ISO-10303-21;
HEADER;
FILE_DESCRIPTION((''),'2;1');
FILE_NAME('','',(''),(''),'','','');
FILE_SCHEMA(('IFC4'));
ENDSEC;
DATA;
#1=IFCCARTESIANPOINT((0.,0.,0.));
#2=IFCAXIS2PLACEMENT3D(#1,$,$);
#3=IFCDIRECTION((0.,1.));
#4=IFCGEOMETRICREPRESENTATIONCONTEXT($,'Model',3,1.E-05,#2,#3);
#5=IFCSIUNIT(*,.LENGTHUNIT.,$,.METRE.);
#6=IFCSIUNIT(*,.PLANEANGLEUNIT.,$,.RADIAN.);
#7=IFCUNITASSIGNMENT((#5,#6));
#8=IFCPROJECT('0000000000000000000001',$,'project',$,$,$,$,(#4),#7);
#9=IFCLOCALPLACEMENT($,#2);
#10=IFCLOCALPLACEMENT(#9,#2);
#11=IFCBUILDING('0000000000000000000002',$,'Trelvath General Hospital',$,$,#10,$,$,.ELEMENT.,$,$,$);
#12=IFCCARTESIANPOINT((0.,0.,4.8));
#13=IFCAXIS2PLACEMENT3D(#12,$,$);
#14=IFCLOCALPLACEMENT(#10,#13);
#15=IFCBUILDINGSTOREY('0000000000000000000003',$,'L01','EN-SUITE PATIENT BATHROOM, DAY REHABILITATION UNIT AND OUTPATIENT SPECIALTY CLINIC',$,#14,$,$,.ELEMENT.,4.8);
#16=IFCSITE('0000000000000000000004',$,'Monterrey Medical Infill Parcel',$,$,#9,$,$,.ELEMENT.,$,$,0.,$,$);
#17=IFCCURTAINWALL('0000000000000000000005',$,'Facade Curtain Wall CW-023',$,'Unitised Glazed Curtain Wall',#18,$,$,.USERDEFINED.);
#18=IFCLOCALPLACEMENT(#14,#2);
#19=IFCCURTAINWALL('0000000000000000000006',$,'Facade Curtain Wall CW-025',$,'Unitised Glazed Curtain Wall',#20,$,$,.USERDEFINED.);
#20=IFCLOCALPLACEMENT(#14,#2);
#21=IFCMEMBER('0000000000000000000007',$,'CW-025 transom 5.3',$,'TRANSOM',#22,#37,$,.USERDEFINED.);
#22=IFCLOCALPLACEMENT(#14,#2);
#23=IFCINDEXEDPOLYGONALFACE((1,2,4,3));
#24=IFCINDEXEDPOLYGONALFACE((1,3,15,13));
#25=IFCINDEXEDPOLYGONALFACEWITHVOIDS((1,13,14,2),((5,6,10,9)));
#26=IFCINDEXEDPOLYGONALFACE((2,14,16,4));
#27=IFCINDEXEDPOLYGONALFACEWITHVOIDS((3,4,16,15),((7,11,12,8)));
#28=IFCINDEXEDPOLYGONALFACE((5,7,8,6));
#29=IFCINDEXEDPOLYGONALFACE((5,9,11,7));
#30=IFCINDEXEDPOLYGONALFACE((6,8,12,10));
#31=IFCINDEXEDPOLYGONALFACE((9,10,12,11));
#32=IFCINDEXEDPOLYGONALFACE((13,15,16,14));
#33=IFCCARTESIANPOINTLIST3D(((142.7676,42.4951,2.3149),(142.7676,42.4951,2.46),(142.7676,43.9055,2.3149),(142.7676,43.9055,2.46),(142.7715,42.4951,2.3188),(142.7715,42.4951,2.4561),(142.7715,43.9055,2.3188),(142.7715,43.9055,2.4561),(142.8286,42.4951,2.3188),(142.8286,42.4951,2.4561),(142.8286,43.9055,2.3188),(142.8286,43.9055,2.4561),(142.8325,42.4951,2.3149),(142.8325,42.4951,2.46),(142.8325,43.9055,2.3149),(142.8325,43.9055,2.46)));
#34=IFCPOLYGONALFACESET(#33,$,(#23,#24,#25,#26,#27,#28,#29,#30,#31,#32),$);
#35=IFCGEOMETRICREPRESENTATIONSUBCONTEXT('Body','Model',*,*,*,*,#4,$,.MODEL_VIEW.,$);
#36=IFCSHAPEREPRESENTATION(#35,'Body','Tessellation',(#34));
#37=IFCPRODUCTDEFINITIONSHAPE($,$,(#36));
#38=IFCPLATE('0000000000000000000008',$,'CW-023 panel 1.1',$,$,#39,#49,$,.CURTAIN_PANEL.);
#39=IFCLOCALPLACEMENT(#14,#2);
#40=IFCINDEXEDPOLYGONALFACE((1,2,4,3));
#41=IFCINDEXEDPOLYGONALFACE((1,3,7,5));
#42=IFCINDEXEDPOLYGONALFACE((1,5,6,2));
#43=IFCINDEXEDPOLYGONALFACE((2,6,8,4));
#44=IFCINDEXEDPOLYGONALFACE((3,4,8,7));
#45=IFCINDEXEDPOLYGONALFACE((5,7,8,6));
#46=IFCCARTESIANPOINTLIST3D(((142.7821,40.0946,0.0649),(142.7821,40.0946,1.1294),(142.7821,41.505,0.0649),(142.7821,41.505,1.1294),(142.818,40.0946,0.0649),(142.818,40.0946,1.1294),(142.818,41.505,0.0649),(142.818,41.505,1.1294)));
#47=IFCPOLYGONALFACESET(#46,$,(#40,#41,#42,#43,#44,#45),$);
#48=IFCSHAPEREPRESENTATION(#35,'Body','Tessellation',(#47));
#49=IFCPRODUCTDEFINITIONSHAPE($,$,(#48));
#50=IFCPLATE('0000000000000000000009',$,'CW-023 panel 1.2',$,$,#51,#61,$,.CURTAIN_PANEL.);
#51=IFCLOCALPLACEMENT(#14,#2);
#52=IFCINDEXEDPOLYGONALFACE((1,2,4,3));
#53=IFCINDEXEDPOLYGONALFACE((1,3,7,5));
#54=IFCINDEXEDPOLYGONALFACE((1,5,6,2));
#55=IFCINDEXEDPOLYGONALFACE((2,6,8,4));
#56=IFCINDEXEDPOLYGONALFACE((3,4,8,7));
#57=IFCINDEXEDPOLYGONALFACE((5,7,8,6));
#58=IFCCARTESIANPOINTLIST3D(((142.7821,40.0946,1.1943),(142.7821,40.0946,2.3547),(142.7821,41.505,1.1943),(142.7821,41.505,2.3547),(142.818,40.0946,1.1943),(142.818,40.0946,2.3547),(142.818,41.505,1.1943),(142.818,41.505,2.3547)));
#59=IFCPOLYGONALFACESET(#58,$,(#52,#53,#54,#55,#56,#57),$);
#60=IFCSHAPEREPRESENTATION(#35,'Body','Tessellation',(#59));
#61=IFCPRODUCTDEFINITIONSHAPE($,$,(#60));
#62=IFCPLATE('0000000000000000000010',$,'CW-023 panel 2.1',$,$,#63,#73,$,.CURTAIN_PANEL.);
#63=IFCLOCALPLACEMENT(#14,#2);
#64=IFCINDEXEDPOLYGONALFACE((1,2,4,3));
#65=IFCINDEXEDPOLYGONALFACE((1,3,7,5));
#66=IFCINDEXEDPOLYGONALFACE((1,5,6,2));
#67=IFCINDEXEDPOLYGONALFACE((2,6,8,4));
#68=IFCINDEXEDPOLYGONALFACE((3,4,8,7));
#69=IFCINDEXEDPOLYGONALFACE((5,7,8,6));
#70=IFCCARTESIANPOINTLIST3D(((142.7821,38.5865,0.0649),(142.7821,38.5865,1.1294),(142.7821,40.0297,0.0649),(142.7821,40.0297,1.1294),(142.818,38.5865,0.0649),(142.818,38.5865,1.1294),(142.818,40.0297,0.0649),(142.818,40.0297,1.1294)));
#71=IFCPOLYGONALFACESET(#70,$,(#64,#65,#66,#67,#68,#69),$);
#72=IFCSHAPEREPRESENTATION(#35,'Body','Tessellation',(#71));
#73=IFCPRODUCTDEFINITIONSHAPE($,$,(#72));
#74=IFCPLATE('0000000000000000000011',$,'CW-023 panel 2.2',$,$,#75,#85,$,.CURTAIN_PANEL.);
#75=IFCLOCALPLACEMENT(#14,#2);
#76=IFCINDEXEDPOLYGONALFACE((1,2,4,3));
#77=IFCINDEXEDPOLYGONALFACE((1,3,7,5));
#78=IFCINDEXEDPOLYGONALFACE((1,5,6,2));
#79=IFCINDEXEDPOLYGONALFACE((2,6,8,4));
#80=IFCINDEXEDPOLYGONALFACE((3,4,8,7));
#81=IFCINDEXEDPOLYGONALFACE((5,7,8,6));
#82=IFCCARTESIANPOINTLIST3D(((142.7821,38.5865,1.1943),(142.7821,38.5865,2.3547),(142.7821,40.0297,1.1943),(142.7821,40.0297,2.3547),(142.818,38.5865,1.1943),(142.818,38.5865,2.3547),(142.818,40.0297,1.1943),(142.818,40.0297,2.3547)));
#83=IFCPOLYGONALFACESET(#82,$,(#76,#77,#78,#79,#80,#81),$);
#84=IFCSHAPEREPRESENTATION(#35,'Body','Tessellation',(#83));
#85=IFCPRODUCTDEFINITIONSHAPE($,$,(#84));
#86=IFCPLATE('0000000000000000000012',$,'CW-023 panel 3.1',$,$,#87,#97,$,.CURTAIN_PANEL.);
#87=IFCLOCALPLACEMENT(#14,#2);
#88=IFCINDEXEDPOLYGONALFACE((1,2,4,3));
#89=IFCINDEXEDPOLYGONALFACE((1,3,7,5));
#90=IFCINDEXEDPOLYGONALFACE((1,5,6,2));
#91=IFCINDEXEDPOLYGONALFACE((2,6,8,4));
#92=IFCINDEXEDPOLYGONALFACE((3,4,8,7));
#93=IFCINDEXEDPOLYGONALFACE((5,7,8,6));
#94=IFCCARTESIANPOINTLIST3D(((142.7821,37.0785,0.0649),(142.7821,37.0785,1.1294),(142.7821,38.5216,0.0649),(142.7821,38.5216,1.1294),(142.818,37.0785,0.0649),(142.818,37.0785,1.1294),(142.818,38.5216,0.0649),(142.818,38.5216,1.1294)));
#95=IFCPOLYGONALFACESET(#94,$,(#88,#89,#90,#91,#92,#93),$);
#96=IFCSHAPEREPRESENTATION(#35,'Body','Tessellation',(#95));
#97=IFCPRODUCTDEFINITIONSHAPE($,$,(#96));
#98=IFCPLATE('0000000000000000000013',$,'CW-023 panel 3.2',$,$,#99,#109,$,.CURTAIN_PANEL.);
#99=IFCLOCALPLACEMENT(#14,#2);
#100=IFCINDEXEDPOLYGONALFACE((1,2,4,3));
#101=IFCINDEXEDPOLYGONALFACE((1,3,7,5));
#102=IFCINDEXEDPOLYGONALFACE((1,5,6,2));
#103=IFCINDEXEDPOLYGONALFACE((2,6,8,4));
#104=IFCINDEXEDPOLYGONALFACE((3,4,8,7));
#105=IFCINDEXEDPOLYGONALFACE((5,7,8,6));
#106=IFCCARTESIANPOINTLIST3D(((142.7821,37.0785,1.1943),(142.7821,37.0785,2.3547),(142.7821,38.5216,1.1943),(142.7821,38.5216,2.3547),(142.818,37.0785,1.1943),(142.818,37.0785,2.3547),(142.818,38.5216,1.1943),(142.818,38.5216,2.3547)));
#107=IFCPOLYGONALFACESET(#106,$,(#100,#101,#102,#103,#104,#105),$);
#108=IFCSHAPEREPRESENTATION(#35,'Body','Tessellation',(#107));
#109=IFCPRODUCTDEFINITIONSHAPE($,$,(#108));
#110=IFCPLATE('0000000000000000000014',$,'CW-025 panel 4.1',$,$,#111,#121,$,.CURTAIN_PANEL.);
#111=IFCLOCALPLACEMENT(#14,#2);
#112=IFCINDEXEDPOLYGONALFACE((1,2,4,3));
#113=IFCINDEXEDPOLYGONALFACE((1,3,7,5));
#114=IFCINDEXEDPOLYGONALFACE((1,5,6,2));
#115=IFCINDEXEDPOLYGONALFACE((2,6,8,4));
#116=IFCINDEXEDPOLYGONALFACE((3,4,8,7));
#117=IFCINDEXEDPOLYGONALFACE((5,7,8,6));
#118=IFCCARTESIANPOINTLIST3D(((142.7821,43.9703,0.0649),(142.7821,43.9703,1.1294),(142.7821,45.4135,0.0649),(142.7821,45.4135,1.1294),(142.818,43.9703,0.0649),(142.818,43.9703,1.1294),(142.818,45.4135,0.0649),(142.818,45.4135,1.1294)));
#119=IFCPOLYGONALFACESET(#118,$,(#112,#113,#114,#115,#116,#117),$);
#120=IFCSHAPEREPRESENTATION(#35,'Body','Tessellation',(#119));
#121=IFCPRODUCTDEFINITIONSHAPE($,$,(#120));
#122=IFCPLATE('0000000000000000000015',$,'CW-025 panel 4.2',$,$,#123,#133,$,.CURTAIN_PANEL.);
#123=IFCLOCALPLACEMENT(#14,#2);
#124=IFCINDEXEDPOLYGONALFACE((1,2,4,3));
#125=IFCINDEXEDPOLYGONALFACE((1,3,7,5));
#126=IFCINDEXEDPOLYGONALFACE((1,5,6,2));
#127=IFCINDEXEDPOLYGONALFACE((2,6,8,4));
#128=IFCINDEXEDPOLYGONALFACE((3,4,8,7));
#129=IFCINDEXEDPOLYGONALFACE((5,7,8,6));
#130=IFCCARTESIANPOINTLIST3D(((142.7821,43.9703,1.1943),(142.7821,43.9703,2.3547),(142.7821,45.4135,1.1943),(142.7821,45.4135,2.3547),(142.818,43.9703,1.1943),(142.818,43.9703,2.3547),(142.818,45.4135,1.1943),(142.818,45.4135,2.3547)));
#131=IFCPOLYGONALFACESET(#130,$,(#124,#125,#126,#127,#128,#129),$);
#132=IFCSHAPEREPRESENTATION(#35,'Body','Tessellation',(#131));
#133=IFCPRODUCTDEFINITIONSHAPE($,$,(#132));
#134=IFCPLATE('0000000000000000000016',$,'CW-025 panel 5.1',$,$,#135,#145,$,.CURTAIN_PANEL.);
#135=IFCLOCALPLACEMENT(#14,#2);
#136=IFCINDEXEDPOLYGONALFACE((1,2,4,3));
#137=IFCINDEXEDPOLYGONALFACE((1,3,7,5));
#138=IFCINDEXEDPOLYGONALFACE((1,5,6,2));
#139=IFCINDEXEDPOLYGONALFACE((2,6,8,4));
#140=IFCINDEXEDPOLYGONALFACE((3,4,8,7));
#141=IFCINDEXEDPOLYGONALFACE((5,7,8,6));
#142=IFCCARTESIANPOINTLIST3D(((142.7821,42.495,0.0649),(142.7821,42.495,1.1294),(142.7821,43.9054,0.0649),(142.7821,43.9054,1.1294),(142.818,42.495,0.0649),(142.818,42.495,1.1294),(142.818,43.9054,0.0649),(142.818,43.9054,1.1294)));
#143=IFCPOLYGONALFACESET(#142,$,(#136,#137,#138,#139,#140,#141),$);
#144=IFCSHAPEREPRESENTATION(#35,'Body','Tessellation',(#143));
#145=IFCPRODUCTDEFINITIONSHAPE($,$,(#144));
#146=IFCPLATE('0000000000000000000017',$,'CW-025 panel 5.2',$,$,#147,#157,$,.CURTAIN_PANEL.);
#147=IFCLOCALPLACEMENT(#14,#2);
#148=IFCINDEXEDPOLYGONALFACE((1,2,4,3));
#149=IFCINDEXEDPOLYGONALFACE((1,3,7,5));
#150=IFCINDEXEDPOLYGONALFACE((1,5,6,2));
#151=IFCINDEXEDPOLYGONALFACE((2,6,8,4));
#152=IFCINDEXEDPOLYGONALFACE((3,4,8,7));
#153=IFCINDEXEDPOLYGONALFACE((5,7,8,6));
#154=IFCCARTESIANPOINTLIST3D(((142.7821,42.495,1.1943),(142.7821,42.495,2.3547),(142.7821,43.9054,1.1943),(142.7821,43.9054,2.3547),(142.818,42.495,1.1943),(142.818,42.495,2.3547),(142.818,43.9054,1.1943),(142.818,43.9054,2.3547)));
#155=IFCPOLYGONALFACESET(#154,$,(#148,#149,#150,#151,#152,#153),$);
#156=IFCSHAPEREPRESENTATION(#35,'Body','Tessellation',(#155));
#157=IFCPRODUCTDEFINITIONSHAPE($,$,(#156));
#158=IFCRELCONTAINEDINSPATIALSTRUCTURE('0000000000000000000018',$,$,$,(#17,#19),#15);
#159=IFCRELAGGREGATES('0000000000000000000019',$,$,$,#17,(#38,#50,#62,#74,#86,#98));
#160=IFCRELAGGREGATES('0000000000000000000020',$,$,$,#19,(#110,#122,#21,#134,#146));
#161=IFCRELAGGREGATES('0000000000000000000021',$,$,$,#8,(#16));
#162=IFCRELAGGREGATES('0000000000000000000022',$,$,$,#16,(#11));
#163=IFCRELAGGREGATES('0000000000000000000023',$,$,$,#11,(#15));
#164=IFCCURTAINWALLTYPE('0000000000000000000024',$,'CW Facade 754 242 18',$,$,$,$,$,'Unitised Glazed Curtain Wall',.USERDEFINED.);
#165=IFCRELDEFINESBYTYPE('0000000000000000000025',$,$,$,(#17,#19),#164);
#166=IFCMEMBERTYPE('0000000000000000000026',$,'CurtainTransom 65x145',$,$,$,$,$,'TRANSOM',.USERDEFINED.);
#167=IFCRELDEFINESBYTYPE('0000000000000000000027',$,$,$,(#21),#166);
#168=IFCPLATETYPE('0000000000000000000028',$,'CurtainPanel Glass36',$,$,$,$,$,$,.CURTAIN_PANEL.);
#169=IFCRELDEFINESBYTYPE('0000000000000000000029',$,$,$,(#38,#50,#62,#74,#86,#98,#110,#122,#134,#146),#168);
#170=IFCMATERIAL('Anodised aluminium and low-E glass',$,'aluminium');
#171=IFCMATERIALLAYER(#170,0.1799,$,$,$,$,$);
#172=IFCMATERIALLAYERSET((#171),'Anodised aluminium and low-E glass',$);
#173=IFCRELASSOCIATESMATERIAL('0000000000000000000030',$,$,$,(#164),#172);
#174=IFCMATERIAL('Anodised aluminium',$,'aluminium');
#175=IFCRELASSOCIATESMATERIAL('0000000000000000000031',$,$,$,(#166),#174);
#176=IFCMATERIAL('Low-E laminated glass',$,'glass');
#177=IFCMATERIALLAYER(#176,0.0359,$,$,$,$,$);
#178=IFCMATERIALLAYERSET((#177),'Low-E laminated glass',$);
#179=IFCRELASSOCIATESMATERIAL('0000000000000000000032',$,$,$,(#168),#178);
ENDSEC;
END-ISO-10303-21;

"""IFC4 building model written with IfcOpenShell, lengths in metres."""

from ifc_helpers import new_model, si_unit, direction, frame, origin, origin_2d, place, context, subcontext, project, spatial, rectangle, hollow_rectangle, extrude, material, layer, layer_set, material_profile, profile_set, type_object, element, aggregate, save


model = new_model("IFC4")

# Units and contexts
model_context = context("Model", 3, precision=1e-05, world=origin(), true_north=direction((0.0, 1.0)))
body_context = subcontext(model_context, "Body", "Model", "MODEL_VIEW")
ifc_project = project(units=[si_unit("LENGTHUNIT", "METRE"), si_unit("PLANEANGLEUNIT", "RADIAN")], contexts=[model_context])

# Site, building, storey
site_placement = place(None, origin())
site = spatial("IfcSite", under=ifc_project, at=site_placement, Name="Monterrey Medical Infill Parcel", CompositionType="ELEMENT", RefElevation=0.0)
building_placement = place(site_placement, origin())
building = spatial("IfcBuilding", under=site, at=building_placement, Name="Trelvath General Hospital", CompositionType="ELEMENT")
storey_placement = place(building_placement, frame((0.0, 0.0, 4.8)))
storey = spatial("IfcBuildingStorey", under=building, at=storey_placement, Name="L01", Description="EN-SUITE PATIENT BATHROOM, DAY REHABILITATION UNIT AND OUTPATIENT SPECIALTY CLINIC", CompositionType="ELEMENT", Elevation=4.8)

# Curtain walls
ifc_material_1 = material(Name="Anodised aluminium and low-E glass", Category="aluminium")
ifc_layer_1 = layer(ifc_material_1, 0.1799)
ifc_layer_set_1 = layer_set([ifc_layer_1], Name="Anodised aluminium and low-E glass")
curtain_wall_type = type_object("IfcCurtainWallType", Name="CW Facade 754 242 18", ElementType="Unitised Glazed Curtain Wall", PredefinedType="USERDEFINED", material=ifc_layer_set_1)
curtain_wall_1_placement = place(storey_placement, origin())
curtain_wall_1 = element("IfcCurtainWall", 1, at=curtain_wall_1_placement, inside=storey, type_object=curtain_wall_type, Name="Facade Curtain Wall CW-023", ObjectType="Unitised Glazed Curtain Wall", PredefinedType="USERDEFINED")
curtain_wall_2_placement = place(storey_placement, origin())
curtain_wall_2 = element("IfcCurtainWall", 2, at=curtain_wall_2_placement, inside=storey, type_object=curtain_wall_type, Name="Facade Curtain Wall CW-025", ObjectType="Unitised Glazed Curtain Wall", PredefinedType="USERDEFINED")

# Member
ifc_material_2 = material(Name="Anodised aluminium", Category="aluminium")
ifc_material_profile_1 = material_profile(ifc_material_2, hollow_rectangle(XDim=0.0649, YDim=0.145, WallThickness=0.0039, at=origin_2d()), Name="RHS65x145x4")
ifc_profile_set_1 = profile_set([ifc_material_profile_1], Name="Anodised aluminium")
member_type_1 = type_object("IfcMemberType", Name="CurtainTransom 65x145", ElementType="TRANSOM", PredefinedType="USERDEFINED", material=ifc_profile_set_1)
member_1_placement = place(storey_placement, frame((142.8, 43.9055, 2.3875), z_axis=(0.0, -1.0, 0.0), x_axis=(1.0, 0.0, 0.0)))
member_1 = element("IfcMember", 3, at=member_1_placement, type_object=member_type_1, Name="CW-025 transom 5.3", ObjectType="TRANSOM", PredefinedType="USERDEFINED", context=body_context, shape_type="SweptSolid", body=[
    extrude(hollow_rectangle(XDim=0.0649, YDim=0.145, WallThickness=0.0039, at=origin_2d()), origin(), (0.0, 0.0, 1.0), 1.4104),
])

# Plates
ifc_material_3 = material(Name="Low-E laminated glass", Category="glass")
ifc_layer_2 = layer(ifc_material_3, 0.0359)
ifc_layer_set_2 = layer_set([ifc_layer_2], Name="Low-E laminated glass")
plate_type = type_object("IfcPlateType", Name="CurtainPanel Glass36", PredefinedType="CURTAIN_PANEL", material=ifc_layer_set_2)
plate_1_placement = place(storey_placement, frame((142.8, 40.7998, 0.0649), z_axis=(0.0, 0.0, 1.0), x_axis=(0.0, -1.0, 0.0)))
plate_1 = element("IfcPlate", 4, at=plate_1_placement, type_object=plate_type, Name="CW-023 panel 1.1", PredefinedType="CURTAIN_PANEL", context=body_context, shape_type="SweptSolid", body=[
    extrude(rectangle(XDim=1.4104, YDim=0.0359, at=origin_2d()), origin(), (0.0, 0.0, 1.0), 1.0645),
])
plate_2_placement = place(storey_placement, frame((142.8, 40.7998, 1.1943), z_axis=(0.0, 0.0, 1.0), x_axis=(0.0, -1.0, 0.0)))
plate_2 = element("IfcPlate", 5, at=plate_2_placement, type_object=plate_type, Name="CW-023 panel 1.2", PredefinedType="CURTAIN_PANEL", context=body_context, shape_type="SweptSolid", body=[
    extrude(rectangle(XDim=1.4104, YDim=0.0359, at=origin_2d()), origin(), (0.0, 0.0, 1.0), 1.1604),
])
plate_3_placement = place(storey_placement, frame((142.8, 39.3081, 0.0649), z_axis=(0.0, 0.0, 1.0), x_axis=(0.0, -1.0, 0.0)))
plate_3 = element("IfcPlate", 6, at=plate_3_placement, type_object=plate_type, Name="CW-023 panel 2.1", PredefinedType="CURTAIN_PANEL", context=body_context, shape_type="SweptSolid", body=[
    extrude(rectangle(XDim=1.4431, YDim=0.0359, at=origin_2d()), origin(), (0.0, 0.0, 1.0), 1.0645),
])
plate_4_placement = place(storey_placement, frame((142.8, 39.3081, 1.1943), z_axis=(0.0, 0.0, 1.0), x_axis=(0.0, -1.0, 0.0)))
plate_4 = element("IfcPlate", 7, at=plate_4_placement, type_object=plate_type, Name="CW-023 panel 2.2", PredefinedType="CURTAIN_PANEL", context=body_context, shape_type="SweptSolid", body=[
    extrude(rectangle(XDim=1.4431, YDim=0.0359, at=origin_2d()), origin(), (0.0, 0.0, 1.0), 1.1604),
])
plate_5_placement = place(storey_placement, frame((142.8, 37.8, 0.0649), z_axis=(0.0, 0.0, 1.0), x_axis=(0.0, -1.0, 0.0)))
plate_5 = element("IfcPlate", 8, at=plate_5_placement, type_object=plate_type, Name="CW-023 panel 3.1", PredefinedType="CURTAIN_PANEL", context=body_context, shape_type="SweptSolid", body=[
    extrude(rectangle(XDim=1.4431, YDim=0.0359, at=origin_2d()), origin(), (0.0, 0.0, 1.0), 1.0645),
])
plate_6_placement = place(storey_placement, frame((142.8, 37.8, 1.1943), z_axis=(0.0, 0.0, 1.0), x_axis=(0.0, -1.0, 0.0)))
plate_6 = element("IfcPlate", 9, at=plate_6_placement, type_object=plate_type, Name="CW-023 panel 3.2", PredefinedType="CURTAIN_PANEL", context=body_context, shape_type="SweptSolid", body=[
    extrude(rectangle(XDim=1.4431, YDim=0.0359, at=origin_2d()), origin(), (0.0, 0.0, 1.0), 1.1604),
])
aggregate(curtain_wall_1, [plate_1, plate_2, plate_3, plate_4, plate_5, plate_6])
plate_7_placement = place(storey_placement, frame((142.8, 44.6919, 0.0649), z_axis=(0.0, 0.0, 1.0), x_axis=(0.0, -1.0, 0.0)))
plate_7 = element("IfcPlate", 10, at=plate_7_placement, type_object=plate_type, Name="CW-025 panel 4.1", PredefinedType="CURTAIN_PANEL", context=body_context, shape_type="SweptSolid", body=[
    extrude(rectangle(XDim=1.4431, YDim=0.0359, at=origin_2d()), origin(), (0.0, 0.0, 1.0), 1.0645),
])
plate_8_placement = place(storey_placement, frame((142.8, 44.6919, 1.1943), z_axis=(0.0, 0.0, 1.0), x_axis=(0.0, -1.0, 0.0)))
plate_8 = element("IfcPlate", 11, at=plate_8_placement, type_object=plate_type, Name="CW-025 panel 4.2", PredefinedType="CURTAIN_PANEL", context=body_context, shape_type="SweptSolid", body=[
    extrude(rectangle(XDim=1.4431, YDim=0.0359, at=origin_2d()), origin(), (0.0, 0.0, 1.0), 1.1604),
])
plate_9_placement = place(storey_placement, frame((142.8, 43.2002, 0.0649), z_axis=(0.0, 0.0, 1.0), x_axis=(0.0, -1.0, 0.0)))
plate_9 = element("IfcPlate", 12, at=plate_9_placement, type_object=plate_type, Name="CW-025 panel 5.1", PredefinedType="CURTAIN_PANEL", context=body_context, shape_type="SweptSolid", body=[
    extrude(rectangle(XDim=1.4104, YDim=0.0359, at=origin_2d()), origin(), (0.0, 0.0, 1.0), 1.0645),
])
plate_10_placement = place(storey_placement, frame((142.8, 43.2002, 1.1943), z_axis=(0.0, 0.0, 1.0), x_axis=(0.0, -1.0, 0.0)))
plate_10 = element("IfcPlate", 13, at=plate_10_placement, type_object=plate_type, Name="CW-025 panel 5.2", PredefinedType="CURTAIN_PANEL", context=body_context, shape_type="SweptSolid", body=[
    extrude(rectangle(XDim=1.4104, YDim=0.0359, at=origin_2d()), origin(), (0.0, 0.0, 1.0), 1.1604),
])
aggregate(curtain_wall_2, [plate_7, plate_8, member_1, plate_9, plate_10])

save(model, "model.ifc")
